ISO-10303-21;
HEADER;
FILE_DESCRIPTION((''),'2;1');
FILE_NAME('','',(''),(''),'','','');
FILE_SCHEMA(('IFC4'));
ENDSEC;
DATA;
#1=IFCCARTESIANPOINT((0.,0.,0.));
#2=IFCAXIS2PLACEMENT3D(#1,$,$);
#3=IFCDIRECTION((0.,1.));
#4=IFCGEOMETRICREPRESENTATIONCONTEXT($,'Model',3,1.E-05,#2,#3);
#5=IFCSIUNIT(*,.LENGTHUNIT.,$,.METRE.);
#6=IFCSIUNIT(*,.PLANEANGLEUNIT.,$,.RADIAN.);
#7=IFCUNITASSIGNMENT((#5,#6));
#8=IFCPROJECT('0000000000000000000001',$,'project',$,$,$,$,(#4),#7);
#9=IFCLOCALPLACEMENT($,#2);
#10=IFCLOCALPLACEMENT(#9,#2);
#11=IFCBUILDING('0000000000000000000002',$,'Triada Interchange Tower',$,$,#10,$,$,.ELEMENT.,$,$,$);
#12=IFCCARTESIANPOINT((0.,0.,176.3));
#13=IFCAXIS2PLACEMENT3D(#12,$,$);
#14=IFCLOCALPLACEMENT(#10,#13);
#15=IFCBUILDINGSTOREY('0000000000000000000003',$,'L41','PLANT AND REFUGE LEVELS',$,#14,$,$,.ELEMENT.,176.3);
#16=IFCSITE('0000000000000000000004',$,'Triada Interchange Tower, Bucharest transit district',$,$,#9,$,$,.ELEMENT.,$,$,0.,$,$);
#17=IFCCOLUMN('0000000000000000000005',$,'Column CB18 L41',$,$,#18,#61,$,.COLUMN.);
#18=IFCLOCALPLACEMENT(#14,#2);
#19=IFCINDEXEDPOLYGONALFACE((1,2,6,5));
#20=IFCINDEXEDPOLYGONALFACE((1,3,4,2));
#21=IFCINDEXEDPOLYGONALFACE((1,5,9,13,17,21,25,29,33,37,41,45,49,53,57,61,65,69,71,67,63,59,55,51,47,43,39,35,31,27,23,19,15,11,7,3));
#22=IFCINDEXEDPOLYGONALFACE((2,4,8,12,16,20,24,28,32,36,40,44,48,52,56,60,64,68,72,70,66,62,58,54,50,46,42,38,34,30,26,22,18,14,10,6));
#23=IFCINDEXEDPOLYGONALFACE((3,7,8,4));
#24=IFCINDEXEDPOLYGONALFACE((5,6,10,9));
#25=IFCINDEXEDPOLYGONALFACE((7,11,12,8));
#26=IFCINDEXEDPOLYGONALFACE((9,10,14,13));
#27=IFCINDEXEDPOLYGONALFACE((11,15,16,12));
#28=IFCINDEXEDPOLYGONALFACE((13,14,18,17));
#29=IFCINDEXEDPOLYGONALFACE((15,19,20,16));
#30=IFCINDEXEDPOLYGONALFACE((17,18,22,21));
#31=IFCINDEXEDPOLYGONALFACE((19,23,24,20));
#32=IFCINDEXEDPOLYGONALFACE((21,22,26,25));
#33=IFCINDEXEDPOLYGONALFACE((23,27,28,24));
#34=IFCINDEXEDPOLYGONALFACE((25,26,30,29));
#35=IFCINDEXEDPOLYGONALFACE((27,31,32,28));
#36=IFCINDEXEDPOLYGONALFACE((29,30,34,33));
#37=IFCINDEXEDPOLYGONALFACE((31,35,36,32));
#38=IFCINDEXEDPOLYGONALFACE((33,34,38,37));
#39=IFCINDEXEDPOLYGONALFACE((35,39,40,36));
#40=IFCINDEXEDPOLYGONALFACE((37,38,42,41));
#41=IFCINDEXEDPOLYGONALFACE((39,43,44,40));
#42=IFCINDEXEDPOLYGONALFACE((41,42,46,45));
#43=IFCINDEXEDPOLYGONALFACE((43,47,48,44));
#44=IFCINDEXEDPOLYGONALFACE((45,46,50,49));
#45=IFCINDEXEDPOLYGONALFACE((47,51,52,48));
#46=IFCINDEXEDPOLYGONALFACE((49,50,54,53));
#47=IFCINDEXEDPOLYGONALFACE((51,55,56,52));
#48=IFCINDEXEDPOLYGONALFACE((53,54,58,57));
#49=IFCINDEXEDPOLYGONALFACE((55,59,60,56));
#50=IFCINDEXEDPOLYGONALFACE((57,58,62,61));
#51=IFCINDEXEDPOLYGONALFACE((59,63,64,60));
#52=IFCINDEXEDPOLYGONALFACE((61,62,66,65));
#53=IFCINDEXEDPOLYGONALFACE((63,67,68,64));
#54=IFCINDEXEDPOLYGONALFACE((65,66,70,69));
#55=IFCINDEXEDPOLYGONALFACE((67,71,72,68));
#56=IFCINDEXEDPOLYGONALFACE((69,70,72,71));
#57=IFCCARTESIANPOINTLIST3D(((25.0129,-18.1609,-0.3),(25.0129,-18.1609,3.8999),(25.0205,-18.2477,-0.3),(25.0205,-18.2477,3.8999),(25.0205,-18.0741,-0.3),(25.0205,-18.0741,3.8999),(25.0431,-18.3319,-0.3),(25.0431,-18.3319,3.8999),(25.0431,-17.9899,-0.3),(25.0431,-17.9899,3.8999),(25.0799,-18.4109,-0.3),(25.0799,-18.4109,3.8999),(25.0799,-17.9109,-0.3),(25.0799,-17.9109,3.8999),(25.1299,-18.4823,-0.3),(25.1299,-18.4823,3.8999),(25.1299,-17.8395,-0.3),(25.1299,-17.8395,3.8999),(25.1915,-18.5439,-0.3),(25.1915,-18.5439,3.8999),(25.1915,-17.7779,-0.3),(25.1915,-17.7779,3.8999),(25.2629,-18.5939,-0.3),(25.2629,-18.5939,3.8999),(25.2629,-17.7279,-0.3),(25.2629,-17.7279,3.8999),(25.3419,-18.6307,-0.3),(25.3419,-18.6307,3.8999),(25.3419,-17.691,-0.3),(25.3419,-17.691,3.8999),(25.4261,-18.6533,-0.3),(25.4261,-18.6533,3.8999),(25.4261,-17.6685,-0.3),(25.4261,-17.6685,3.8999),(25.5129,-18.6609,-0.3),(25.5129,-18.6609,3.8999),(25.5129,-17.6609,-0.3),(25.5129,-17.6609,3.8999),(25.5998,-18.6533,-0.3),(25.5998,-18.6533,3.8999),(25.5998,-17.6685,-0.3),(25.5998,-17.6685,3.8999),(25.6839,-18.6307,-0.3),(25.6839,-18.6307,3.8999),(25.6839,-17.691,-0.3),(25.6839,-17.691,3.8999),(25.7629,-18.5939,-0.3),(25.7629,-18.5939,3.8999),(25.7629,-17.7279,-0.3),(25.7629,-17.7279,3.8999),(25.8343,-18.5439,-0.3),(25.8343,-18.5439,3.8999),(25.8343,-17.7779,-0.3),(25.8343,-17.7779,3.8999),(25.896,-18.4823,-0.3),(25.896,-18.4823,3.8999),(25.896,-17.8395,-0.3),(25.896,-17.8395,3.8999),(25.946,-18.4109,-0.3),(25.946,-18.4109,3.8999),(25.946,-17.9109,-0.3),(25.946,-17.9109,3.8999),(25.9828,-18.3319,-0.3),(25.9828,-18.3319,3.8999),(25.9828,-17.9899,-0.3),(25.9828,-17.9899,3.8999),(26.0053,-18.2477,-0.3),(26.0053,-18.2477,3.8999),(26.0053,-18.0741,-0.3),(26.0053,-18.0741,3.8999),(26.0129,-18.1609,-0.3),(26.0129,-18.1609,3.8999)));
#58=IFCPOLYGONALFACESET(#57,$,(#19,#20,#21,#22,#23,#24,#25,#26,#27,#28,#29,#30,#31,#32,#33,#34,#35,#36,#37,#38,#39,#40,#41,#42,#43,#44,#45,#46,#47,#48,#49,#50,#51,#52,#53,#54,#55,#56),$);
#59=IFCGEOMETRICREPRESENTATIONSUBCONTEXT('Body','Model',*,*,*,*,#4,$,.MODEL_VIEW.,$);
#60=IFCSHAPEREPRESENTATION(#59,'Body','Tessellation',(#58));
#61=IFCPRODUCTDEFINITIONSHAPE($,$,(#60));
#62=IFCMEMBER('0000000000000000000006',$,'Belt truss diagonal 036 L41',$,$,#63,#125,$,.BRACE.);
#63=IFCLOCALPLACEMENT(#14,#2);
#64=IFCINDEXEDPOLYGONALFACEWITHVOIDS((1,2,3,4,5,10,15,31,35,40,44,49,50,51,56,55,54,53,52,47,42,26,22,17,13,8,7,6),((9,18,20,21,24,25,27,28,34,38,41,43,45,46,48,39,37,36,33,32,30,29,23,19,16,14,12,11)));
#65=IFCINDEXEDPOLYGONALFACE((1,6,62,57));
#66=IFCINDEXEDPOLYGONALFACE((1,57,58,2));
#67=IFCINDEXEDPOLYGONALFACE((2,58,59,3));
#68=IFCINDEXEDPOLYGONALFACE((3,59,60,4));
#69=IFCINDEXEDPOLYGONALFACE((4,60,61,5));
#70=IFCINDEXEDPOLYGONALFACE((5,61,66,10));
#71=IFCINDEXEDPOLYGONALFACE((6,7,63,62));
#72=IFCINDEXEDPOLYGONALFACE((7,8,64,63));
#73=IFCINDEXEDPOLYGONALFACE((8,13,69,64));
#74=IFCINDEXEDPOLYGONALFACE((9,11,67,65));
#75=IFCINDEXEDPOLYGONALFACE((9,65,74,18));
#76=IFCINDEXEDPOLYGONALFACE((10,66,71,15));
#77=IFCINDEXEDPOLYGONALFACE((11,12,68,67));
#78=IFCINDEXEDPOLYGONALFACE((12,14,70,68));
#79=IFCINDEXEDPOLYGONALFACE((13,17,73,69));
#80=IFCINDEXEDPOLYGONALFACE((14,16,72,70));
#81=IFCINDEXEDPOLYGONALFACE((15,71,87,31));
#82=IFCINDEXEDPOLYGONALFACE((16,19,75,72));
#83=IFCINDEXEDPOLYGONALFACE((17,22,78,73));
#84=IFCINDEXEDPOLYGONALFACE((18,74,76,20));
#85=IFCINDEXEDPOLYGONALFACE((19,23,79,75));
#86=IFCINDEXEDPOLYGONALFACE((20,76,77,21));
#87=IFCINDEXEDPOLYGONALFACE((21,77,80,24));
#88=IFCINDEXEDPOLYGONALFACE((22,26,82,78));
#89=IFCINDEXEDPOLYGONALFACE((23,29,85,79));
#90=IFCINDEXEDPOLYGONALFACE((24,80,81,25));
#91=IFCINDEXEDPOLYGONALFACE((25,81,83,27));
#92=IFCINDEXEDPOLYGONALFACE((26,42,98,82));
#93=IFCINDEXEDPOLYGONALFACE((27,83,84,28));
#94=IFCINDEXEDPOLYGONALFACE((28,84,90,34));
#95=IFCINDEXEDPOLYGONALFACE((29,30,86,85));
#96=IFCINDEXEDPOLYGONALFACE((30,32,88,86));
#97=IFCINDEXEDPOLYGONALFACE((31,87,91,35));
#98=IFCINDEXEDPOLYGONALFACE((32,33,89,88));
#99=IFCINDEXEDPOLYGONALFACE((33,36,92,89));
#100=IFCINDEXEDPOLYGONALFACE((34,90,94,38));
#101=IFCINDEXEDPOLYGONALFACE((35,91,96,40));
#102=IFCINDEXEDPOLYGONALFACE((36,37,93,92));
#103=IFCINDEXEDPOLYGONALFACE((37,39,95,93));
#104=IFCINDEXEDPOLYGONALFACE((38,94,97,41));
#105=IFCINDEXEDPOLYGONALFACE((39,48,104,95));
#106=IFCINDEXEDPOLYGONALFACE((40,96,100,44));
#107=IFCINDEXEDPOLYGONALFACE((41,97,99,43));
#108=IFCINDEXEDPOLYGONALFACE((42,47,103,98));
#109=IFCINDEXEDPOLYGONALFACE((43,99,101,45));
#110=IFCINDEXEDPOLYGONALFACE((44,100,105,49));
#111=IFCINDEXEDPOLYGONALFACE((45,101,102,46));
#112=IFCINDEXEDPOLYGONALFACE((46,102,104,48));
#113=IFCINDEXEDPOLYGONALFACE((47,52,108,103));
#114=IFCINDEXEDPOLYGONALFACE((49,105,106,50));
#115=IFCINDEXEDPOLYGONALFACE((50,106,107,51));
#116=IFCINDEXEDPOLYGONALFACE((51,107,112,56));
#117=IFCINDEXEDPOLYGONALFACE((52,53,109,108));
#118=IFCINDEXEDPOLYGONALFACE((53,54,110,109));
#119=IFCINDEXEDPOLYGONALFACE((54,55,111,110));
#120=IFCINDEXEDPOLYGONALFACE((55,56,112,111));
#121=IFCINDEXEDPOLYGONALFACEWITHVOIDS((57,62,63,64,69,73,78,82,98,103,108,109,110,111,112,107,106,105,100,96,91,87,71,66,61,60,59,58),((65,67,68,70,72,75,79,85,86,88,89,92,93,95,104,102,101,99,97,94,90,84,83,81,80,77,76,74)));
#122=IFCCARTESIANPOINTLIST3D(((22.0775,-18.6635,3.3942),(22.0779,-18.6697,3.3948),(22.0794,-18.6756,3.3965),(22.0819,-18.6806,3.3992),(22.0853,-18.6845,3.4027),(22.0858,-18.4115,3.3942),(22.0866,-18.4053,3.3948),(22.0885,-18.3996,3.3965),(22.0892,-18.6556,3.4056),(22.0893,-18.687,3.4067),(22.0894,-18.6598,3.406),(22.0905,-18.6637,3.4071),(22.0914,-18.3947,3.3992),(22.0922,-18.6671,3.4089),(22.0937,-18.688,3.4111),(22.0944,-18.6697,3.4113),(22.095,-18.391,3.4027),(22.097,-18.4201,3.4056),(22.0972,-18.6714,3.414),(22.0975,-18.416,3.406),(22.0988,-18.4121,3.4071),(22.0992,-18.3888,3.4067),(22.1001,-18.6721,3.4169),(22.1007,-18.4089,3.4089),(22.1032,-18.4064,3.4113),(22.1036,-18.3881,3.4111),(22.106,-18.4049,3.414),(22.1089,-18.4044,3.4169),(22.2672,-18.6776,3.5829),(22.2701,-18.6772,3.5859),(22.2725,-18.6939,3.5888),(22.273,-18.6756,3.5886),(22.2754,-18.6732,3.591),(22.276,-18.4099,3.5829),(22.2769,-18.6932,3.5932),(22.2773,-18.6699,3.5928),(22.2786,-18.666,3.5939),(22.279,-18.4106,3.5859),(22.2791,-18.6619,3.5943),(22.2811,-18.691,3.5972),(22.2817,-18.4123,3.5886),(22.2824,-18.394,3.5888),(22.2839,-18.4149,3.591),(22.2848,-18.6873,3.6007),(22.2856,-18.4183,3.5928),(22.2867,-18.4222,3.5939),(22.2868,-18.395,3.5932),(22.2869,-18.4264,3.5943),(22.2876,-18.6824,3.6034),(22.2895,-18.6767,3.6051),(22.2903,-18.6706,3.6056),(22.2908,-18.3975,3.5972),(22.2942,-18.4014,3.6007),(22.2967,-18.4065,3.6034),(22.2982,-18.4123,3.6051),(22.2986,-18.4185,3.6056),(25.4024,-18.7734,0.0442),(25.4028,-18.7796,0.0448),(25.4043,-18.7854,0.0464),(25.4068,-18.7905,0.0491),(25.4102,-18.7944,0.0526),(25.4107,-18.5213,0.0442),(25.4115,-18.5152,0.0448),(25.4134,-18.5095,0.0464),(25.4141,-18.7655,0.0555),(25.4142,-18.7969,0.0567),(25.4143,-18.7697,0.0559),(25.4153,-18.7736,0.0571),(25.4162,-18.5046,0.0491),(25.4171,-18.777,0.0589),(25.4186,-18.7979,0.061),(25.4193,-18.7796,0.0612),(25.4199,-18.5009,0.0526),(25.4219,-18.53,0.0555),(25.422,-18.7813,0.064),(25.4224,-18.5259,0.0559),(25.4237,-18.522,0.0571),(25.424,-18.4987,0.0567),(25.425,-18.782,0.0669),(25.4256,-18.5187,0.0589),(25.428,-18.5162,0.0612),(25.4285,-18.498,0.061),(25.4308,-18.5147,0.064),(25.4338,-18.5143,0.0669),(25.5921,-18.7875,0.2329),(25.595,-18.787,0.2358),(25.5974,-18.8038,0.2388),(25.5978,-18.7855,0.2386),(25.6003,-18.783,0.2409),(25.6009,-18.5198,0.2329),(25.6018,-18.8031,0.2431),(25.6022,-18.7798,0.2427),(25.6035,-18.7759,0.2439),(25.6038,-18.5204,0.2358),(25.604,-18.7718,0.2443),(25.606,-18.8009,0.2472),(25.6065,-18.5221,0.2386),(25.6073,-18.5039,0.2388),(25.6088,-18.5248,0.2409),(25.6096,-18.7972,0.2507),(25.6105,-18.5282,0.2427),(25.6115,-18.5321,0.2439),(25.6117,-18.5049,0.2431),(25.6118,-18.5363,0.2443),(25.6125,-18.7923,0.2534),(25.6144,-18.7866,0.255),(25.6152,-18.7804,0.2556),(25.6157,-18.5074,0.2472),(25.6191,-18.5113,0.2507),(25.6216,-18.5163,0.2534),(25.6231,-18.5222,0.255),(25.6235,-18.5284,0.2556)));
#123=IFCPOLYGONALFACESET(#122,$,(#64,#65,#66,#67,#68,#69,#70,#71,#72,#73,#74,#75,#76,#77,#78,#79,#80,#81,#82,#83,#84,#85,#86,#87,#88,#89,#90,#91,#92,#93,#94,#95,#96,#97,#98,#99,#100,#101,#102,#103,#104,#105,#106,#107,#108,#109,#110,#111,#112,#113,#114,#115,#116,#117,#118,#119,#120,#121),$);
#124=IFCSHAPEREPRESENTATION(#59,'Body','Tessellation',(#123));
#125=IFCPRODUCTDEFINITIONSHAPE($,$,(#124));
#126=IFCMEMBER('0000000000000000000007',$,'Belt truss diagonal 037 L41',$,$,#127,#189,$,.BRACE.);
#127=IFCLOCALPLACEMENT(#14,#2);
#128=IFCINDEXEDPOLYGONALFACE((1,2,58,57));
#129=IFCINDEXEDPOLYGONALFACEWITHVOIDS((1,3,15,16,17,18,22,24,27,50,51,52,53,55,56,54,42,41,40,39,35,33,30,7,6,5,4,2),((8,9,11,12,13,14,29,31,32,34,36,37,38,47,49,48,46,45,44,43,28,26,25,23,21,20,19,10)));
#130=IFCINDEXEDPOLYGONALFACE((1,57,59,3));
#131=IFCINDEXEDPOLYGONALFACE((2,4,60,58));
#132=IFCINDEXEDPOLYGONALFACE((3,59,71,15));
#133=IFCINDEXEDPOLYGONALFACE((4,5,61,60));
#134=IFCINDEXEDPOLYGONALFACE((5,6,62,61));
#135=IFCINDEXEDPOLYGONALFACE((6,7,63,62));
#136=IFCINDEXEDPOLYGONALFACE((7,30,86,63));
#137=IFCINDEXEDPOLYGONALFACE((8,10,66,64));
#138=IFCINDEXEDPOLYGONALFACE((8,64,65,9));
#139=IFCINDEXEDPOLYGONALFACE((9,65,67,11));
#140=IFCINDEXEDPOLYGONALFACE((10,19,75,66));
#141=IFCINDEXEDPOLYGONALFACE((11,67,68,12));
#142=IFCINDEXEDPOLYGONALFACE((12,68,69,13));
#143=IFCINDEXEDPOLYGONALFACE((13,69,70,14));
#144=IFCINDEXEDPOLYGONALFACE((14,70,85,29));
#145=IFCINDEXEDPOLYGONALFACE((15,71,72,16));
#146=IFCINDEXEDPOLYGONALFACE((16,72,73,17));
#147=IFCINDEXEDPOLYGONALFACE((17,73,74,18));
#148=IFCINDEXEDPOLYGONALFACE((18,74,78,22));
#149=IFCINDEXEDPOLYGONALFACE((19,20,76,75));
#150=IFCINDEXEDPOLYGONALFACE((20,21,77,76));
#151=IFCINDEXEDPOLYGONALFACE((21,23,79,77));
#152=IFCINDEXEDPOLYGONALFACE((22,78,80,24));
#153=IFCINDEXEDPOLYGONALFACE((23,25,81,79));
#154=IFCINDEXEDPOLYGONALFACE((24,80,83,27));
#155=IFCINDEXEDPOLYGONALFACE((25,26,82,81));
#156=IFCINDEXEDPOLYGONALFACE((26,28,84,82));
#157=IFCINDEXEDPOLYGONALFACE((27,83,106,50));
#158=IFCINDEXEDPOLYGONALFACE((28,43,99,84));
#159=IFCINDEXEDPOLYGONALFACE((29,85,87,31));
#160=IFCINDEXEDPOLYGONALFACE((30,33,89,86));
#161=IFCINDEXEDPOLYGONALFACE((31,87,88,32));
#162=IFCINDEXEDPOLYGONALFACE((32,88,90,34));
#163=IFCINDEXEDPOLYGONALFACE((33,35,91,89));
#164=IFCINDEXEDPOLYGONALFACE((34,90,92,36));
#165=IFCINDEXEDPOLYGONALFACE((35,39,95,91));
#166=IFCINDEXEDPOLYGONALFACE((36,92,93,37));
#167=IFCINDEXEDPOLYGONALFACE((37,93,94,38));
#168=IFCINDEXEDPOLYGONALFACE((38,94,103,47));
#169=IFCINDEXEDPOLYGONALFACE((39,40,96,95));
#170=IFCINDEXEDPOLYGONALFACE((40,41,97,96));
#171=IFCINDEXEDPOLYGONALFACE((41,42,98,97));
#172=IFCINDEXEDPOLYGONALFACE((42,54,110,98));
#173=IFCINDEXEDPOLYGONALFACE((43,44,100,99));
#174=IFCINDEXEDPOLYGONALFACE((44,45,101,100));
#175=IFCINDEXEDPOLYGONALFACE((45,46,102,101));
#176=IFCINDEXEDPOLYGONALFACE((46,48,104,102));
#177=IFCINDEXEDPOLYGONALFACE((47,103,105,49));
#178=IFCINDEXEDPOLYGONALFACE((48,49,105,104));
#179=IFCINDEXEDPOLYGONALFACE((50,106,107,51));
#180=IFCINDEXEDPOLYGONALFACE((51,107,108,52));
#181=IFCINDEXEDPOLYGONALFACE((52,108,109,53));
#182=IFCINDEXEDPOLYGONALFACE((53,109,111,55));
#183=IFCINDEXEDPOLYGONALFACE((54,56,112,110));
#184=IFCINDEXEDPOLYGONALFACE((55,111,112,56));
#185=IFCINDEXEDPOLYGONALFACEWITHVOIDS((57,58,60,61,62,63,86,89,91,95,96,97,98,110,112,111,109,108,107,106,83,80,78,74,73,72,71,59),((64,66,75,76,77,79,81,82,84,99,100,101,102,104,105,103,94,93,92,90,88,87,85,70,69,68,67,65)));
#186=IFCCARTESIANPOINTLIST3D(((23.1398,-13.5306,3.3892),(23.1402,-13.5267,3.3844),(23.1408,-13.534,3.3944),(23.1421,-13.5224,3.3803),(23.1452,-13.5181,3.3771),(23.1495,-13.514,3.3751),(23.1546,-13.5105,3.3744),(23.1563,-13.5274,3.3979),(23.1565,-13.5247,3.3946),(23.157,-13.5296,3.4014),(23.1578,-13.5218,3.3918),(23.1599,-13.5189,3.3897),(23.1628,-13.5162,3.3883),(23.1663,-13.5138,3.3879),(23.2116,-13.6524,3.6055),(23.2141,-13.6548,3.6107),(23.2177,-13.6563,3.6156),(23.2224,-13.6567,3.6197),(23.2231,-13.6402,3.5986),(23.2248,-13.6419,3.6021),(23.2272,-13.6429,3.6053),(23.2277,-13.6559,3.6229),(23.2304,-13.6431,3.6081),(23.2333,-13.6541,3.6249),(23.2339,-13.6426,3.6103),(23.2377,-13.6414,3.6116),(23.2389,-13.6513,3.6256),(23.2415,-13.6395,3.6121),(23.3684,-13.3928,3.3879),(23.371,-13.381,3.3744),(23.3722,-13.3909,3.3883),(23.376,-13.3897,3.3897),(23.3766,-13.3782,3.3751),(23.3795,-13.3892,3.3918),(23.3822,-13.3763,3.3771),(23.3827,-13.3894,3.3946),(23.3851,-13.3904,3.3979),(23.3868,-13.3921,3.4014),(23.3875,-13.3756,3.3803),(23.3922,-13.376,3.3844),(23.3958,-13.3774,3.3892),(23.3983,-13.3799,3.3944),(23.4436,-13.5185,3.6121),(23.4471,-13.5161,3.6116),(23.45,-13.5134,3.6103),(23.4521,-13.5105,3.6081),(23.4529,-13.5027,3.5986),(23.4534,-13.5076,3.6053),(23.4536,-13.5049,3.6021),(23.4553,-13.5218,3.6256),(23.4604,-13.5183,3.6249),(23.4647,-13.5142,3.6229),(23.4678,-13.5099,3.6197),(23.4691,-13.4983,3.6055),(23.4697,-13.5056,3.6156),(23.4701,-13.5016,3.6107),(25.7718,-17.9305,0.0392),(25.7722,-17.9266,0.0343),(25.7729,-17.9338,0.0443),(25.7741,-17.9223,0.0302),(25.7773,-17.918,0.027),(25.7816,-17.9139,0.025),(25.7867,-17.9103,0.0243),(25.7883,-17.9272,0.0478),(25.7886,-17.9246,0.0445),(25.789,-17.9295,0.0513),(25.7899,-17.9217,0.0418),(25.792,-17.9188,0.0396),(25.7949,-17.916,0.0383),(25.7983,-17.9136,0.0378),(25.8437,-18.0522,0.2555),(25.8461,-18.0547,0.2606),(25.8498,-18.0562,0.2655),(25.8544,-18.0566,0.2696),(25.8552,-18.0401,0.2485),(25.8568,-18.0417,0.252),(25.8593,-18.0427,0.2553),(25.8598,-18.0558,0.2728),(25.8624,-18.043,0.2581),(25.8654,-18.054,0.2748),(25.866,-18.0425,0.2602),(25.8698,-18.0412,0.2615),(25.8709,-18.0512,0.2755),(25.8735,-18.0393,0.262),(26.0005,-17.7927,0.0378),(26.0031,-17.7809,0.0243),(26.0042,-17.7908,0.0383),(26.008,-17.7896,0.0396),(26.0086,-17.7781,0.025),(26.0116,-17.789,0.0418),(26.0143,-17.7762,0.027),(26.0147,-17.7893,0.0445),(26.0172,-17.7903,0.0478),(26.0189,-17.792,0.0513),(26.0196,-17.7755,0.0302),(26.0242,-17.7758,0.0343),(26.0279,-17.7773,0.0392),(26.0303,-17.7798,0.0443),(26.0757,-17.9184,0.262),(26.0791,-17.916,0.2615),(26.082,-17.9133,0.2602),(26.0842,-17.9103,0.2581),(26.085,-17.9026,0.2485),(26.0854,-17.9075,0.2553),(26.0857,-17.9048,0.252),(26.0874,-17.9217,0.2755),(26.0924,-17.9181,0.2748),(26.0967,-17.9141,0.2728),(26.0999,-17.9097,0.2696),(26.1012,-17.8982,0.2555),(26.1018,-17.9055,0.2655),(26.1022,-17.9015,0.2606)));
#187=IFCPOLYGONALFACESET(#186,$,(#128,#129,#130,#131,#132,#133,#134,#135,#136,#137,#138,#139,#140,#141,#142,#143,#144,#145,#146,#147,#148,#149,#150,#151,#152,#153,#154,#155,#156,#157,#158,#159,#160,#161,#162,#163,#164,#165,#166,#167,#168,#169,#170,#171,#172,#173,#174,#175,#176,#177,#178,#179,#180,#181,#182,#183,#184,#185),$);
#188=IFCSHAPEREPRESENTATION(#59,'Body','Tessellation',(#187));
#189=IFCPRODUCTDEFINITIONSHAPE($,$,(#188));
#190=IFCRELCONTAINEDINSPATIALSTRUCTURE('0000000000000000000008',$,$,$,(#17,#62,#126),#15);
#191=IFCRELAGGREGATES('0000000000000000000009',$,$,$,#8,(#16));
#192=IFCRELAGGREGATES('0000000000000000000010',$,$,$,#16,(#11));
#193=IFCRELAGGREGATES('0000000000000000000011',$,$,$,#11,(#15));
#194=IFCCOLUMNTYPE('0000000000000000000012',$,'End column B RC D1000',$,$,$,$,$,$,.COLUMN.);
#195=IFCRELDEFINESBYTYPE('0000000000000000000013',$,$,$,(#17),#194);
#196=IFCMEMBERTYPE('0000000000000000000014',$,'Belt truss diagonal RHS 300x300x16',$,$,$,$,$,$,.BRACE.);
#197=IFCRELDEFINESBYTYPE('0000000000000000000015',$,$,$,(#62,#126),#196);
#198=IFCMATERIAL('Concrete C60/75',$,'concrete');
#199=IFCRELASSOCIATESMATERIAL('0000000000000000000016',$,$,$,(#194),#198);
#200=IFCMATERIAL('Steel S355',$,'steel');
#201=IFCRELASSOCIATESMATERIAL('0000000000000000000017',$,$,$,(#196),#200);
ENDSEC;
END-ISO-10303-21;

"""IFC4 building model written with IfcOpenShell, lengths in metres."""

from ifc_helpers import new_model, si_unit, direction, frame, origin, origin_2d, place, context, subcontext, project, spatial, hollow_rectangle, circle, extrude, material, material_profile, profile_set, type_object, element, save


model = new_model("IFC4")

# Units and contexts
model_context = context("Model", 3, precision=1e-05, world=origin(), true_north=direction((0.0, 1.0)))
body_context = subcontext(model_context, "Body", "Model", "MODEL_VIEW")
ifc_project = project(units=[si_unit("LENGTHUNIT", "METRE"), si_unit("PLANEANGLEUNIT", "RADIAN")], contexts=[model_context])

# Site, building, storey
site_placement = place(None, origin())
site = spatial("IfcSite", under=ifc_project, at=site_placement, Name="Triada Interchange Tower, Bucharest transit district", CompositionType="ELEMENT", RefElevation=0.0)
building_placement = place(site_placement, origin())
building = spatial("IfcBuilding", under=site, at=building_placement, Name="Triada Interchange Tower", CompositionType="ELEMENT")
storey_placement = place(building_placement, frame((0.0, 0.0, 176.3)))
storey = spatial("IfcBuildingStorey", under=building, at=storey_placement, Name="L41", Description="PLANT AND REFUGE LEVELS", CompositionType="ELEMENT", Elevation=176.3)

# Column
ifc_material_1 = material(Name="Concrete C60/75", Category="concrete")
ifc_material_profile_1 = material_profile(ifc_material_1, circle(Radius=0.5, at=origin_2d()), Name="RC D1000")
ifc_profile_set_1 = profile_set([ifc_material_profile_1], Name="Concrete C60/75")
column_type = type_object("IfcColumnType", Name="End column B RC D1000", PredefinedType="COLUMN", material=ifc_profile_set_1)
column_placement = place(storey_placement, frame((25.5129, -18.1609, -0.3), z_axis=(0.0, 0.0, 1.0), x_axis=(1.0, 0.0, 0.0)))
element("IfcColumn", 1, at=column_placement, inside=storey, type_object=column_type, Name="Column CB18 L41", PredefinedType="COLUMN", context=body_context, shape_type="SweptSolid", body=[
    extrude(circle(Radius=0.5, at=origin_2d()), origin(), (0.0, 0.0, 1.0), 4.2),
])

# Members
ifc_material_2 = material(Name="Steel S355", Category="steel")
ifc_material_profile_2 = material_profile(ifc_material_2, hollow_rectangle(XDim=0.3, YDim=0.3, WallThickness=0.0161, InnerFilletRadius=0.0161, OuterFilletRadius=0.0239, at=origin_2d()), Name="RHS 300x300x16")
ifc_profile_set_2 = profile_set([ifc_material_profile_2], Name="Steel S355")
member_type = type_object("IfcMemberType", Name="Belt truss diagonal RHS 300x300x16", PredefinedType="BRACE", material=ifc_profile_set_2)
member_1_placement = place(storey_placement, frame((25.5129, -18.6509, 0.1499), z_axis=(-0.704247, 0.02327, 0.709573), x_axis=(-0.033024, -0.999455, 0.0)))
element("IfcMember", 2, at=member_1_placement, inside=storey, type_object=member_type, Name="Belt truss diagonal 036 L41", PredefinedType="BRACE", context=body_context, shape_type="SweptSolid", body=[
    extrude(hollow_rectangle(XDim=0.3, YDim=0.3, WallThickness=0.0161, InnerFilletRadius=0.0161, OuterFilletRadius=0.0239, at=origin_2d()), origin(), (0.0, 0.0, 1.0), 4.7212),
])
member_2_placement = place(storey_placement, frame((25.937, -17.916, 0.1499), z_axis=(-0.429759, 0.718404, 0.546995), x_axis=(-0.858169, -0.513368, 0.0)))
element("IfcMember", 3, at=member_2_placement, inside=storey, type_object=member_type, Name="Belt truss diagonal 037 L41", PredefinedType="BRACE", context=body_context, shape_type="SweptSolid", body=[
    extrude(hollow_rectangle(XDim=0.3, YDim=0.3, WallThickness=0.0161, InnerFilletRadius=0.0161, OuterFilletRadius=0.0239, at=origin_2d()), origin(), (0.0, 0.0, 1.0), 6.1245),
])

save(model, "model.ifc")
